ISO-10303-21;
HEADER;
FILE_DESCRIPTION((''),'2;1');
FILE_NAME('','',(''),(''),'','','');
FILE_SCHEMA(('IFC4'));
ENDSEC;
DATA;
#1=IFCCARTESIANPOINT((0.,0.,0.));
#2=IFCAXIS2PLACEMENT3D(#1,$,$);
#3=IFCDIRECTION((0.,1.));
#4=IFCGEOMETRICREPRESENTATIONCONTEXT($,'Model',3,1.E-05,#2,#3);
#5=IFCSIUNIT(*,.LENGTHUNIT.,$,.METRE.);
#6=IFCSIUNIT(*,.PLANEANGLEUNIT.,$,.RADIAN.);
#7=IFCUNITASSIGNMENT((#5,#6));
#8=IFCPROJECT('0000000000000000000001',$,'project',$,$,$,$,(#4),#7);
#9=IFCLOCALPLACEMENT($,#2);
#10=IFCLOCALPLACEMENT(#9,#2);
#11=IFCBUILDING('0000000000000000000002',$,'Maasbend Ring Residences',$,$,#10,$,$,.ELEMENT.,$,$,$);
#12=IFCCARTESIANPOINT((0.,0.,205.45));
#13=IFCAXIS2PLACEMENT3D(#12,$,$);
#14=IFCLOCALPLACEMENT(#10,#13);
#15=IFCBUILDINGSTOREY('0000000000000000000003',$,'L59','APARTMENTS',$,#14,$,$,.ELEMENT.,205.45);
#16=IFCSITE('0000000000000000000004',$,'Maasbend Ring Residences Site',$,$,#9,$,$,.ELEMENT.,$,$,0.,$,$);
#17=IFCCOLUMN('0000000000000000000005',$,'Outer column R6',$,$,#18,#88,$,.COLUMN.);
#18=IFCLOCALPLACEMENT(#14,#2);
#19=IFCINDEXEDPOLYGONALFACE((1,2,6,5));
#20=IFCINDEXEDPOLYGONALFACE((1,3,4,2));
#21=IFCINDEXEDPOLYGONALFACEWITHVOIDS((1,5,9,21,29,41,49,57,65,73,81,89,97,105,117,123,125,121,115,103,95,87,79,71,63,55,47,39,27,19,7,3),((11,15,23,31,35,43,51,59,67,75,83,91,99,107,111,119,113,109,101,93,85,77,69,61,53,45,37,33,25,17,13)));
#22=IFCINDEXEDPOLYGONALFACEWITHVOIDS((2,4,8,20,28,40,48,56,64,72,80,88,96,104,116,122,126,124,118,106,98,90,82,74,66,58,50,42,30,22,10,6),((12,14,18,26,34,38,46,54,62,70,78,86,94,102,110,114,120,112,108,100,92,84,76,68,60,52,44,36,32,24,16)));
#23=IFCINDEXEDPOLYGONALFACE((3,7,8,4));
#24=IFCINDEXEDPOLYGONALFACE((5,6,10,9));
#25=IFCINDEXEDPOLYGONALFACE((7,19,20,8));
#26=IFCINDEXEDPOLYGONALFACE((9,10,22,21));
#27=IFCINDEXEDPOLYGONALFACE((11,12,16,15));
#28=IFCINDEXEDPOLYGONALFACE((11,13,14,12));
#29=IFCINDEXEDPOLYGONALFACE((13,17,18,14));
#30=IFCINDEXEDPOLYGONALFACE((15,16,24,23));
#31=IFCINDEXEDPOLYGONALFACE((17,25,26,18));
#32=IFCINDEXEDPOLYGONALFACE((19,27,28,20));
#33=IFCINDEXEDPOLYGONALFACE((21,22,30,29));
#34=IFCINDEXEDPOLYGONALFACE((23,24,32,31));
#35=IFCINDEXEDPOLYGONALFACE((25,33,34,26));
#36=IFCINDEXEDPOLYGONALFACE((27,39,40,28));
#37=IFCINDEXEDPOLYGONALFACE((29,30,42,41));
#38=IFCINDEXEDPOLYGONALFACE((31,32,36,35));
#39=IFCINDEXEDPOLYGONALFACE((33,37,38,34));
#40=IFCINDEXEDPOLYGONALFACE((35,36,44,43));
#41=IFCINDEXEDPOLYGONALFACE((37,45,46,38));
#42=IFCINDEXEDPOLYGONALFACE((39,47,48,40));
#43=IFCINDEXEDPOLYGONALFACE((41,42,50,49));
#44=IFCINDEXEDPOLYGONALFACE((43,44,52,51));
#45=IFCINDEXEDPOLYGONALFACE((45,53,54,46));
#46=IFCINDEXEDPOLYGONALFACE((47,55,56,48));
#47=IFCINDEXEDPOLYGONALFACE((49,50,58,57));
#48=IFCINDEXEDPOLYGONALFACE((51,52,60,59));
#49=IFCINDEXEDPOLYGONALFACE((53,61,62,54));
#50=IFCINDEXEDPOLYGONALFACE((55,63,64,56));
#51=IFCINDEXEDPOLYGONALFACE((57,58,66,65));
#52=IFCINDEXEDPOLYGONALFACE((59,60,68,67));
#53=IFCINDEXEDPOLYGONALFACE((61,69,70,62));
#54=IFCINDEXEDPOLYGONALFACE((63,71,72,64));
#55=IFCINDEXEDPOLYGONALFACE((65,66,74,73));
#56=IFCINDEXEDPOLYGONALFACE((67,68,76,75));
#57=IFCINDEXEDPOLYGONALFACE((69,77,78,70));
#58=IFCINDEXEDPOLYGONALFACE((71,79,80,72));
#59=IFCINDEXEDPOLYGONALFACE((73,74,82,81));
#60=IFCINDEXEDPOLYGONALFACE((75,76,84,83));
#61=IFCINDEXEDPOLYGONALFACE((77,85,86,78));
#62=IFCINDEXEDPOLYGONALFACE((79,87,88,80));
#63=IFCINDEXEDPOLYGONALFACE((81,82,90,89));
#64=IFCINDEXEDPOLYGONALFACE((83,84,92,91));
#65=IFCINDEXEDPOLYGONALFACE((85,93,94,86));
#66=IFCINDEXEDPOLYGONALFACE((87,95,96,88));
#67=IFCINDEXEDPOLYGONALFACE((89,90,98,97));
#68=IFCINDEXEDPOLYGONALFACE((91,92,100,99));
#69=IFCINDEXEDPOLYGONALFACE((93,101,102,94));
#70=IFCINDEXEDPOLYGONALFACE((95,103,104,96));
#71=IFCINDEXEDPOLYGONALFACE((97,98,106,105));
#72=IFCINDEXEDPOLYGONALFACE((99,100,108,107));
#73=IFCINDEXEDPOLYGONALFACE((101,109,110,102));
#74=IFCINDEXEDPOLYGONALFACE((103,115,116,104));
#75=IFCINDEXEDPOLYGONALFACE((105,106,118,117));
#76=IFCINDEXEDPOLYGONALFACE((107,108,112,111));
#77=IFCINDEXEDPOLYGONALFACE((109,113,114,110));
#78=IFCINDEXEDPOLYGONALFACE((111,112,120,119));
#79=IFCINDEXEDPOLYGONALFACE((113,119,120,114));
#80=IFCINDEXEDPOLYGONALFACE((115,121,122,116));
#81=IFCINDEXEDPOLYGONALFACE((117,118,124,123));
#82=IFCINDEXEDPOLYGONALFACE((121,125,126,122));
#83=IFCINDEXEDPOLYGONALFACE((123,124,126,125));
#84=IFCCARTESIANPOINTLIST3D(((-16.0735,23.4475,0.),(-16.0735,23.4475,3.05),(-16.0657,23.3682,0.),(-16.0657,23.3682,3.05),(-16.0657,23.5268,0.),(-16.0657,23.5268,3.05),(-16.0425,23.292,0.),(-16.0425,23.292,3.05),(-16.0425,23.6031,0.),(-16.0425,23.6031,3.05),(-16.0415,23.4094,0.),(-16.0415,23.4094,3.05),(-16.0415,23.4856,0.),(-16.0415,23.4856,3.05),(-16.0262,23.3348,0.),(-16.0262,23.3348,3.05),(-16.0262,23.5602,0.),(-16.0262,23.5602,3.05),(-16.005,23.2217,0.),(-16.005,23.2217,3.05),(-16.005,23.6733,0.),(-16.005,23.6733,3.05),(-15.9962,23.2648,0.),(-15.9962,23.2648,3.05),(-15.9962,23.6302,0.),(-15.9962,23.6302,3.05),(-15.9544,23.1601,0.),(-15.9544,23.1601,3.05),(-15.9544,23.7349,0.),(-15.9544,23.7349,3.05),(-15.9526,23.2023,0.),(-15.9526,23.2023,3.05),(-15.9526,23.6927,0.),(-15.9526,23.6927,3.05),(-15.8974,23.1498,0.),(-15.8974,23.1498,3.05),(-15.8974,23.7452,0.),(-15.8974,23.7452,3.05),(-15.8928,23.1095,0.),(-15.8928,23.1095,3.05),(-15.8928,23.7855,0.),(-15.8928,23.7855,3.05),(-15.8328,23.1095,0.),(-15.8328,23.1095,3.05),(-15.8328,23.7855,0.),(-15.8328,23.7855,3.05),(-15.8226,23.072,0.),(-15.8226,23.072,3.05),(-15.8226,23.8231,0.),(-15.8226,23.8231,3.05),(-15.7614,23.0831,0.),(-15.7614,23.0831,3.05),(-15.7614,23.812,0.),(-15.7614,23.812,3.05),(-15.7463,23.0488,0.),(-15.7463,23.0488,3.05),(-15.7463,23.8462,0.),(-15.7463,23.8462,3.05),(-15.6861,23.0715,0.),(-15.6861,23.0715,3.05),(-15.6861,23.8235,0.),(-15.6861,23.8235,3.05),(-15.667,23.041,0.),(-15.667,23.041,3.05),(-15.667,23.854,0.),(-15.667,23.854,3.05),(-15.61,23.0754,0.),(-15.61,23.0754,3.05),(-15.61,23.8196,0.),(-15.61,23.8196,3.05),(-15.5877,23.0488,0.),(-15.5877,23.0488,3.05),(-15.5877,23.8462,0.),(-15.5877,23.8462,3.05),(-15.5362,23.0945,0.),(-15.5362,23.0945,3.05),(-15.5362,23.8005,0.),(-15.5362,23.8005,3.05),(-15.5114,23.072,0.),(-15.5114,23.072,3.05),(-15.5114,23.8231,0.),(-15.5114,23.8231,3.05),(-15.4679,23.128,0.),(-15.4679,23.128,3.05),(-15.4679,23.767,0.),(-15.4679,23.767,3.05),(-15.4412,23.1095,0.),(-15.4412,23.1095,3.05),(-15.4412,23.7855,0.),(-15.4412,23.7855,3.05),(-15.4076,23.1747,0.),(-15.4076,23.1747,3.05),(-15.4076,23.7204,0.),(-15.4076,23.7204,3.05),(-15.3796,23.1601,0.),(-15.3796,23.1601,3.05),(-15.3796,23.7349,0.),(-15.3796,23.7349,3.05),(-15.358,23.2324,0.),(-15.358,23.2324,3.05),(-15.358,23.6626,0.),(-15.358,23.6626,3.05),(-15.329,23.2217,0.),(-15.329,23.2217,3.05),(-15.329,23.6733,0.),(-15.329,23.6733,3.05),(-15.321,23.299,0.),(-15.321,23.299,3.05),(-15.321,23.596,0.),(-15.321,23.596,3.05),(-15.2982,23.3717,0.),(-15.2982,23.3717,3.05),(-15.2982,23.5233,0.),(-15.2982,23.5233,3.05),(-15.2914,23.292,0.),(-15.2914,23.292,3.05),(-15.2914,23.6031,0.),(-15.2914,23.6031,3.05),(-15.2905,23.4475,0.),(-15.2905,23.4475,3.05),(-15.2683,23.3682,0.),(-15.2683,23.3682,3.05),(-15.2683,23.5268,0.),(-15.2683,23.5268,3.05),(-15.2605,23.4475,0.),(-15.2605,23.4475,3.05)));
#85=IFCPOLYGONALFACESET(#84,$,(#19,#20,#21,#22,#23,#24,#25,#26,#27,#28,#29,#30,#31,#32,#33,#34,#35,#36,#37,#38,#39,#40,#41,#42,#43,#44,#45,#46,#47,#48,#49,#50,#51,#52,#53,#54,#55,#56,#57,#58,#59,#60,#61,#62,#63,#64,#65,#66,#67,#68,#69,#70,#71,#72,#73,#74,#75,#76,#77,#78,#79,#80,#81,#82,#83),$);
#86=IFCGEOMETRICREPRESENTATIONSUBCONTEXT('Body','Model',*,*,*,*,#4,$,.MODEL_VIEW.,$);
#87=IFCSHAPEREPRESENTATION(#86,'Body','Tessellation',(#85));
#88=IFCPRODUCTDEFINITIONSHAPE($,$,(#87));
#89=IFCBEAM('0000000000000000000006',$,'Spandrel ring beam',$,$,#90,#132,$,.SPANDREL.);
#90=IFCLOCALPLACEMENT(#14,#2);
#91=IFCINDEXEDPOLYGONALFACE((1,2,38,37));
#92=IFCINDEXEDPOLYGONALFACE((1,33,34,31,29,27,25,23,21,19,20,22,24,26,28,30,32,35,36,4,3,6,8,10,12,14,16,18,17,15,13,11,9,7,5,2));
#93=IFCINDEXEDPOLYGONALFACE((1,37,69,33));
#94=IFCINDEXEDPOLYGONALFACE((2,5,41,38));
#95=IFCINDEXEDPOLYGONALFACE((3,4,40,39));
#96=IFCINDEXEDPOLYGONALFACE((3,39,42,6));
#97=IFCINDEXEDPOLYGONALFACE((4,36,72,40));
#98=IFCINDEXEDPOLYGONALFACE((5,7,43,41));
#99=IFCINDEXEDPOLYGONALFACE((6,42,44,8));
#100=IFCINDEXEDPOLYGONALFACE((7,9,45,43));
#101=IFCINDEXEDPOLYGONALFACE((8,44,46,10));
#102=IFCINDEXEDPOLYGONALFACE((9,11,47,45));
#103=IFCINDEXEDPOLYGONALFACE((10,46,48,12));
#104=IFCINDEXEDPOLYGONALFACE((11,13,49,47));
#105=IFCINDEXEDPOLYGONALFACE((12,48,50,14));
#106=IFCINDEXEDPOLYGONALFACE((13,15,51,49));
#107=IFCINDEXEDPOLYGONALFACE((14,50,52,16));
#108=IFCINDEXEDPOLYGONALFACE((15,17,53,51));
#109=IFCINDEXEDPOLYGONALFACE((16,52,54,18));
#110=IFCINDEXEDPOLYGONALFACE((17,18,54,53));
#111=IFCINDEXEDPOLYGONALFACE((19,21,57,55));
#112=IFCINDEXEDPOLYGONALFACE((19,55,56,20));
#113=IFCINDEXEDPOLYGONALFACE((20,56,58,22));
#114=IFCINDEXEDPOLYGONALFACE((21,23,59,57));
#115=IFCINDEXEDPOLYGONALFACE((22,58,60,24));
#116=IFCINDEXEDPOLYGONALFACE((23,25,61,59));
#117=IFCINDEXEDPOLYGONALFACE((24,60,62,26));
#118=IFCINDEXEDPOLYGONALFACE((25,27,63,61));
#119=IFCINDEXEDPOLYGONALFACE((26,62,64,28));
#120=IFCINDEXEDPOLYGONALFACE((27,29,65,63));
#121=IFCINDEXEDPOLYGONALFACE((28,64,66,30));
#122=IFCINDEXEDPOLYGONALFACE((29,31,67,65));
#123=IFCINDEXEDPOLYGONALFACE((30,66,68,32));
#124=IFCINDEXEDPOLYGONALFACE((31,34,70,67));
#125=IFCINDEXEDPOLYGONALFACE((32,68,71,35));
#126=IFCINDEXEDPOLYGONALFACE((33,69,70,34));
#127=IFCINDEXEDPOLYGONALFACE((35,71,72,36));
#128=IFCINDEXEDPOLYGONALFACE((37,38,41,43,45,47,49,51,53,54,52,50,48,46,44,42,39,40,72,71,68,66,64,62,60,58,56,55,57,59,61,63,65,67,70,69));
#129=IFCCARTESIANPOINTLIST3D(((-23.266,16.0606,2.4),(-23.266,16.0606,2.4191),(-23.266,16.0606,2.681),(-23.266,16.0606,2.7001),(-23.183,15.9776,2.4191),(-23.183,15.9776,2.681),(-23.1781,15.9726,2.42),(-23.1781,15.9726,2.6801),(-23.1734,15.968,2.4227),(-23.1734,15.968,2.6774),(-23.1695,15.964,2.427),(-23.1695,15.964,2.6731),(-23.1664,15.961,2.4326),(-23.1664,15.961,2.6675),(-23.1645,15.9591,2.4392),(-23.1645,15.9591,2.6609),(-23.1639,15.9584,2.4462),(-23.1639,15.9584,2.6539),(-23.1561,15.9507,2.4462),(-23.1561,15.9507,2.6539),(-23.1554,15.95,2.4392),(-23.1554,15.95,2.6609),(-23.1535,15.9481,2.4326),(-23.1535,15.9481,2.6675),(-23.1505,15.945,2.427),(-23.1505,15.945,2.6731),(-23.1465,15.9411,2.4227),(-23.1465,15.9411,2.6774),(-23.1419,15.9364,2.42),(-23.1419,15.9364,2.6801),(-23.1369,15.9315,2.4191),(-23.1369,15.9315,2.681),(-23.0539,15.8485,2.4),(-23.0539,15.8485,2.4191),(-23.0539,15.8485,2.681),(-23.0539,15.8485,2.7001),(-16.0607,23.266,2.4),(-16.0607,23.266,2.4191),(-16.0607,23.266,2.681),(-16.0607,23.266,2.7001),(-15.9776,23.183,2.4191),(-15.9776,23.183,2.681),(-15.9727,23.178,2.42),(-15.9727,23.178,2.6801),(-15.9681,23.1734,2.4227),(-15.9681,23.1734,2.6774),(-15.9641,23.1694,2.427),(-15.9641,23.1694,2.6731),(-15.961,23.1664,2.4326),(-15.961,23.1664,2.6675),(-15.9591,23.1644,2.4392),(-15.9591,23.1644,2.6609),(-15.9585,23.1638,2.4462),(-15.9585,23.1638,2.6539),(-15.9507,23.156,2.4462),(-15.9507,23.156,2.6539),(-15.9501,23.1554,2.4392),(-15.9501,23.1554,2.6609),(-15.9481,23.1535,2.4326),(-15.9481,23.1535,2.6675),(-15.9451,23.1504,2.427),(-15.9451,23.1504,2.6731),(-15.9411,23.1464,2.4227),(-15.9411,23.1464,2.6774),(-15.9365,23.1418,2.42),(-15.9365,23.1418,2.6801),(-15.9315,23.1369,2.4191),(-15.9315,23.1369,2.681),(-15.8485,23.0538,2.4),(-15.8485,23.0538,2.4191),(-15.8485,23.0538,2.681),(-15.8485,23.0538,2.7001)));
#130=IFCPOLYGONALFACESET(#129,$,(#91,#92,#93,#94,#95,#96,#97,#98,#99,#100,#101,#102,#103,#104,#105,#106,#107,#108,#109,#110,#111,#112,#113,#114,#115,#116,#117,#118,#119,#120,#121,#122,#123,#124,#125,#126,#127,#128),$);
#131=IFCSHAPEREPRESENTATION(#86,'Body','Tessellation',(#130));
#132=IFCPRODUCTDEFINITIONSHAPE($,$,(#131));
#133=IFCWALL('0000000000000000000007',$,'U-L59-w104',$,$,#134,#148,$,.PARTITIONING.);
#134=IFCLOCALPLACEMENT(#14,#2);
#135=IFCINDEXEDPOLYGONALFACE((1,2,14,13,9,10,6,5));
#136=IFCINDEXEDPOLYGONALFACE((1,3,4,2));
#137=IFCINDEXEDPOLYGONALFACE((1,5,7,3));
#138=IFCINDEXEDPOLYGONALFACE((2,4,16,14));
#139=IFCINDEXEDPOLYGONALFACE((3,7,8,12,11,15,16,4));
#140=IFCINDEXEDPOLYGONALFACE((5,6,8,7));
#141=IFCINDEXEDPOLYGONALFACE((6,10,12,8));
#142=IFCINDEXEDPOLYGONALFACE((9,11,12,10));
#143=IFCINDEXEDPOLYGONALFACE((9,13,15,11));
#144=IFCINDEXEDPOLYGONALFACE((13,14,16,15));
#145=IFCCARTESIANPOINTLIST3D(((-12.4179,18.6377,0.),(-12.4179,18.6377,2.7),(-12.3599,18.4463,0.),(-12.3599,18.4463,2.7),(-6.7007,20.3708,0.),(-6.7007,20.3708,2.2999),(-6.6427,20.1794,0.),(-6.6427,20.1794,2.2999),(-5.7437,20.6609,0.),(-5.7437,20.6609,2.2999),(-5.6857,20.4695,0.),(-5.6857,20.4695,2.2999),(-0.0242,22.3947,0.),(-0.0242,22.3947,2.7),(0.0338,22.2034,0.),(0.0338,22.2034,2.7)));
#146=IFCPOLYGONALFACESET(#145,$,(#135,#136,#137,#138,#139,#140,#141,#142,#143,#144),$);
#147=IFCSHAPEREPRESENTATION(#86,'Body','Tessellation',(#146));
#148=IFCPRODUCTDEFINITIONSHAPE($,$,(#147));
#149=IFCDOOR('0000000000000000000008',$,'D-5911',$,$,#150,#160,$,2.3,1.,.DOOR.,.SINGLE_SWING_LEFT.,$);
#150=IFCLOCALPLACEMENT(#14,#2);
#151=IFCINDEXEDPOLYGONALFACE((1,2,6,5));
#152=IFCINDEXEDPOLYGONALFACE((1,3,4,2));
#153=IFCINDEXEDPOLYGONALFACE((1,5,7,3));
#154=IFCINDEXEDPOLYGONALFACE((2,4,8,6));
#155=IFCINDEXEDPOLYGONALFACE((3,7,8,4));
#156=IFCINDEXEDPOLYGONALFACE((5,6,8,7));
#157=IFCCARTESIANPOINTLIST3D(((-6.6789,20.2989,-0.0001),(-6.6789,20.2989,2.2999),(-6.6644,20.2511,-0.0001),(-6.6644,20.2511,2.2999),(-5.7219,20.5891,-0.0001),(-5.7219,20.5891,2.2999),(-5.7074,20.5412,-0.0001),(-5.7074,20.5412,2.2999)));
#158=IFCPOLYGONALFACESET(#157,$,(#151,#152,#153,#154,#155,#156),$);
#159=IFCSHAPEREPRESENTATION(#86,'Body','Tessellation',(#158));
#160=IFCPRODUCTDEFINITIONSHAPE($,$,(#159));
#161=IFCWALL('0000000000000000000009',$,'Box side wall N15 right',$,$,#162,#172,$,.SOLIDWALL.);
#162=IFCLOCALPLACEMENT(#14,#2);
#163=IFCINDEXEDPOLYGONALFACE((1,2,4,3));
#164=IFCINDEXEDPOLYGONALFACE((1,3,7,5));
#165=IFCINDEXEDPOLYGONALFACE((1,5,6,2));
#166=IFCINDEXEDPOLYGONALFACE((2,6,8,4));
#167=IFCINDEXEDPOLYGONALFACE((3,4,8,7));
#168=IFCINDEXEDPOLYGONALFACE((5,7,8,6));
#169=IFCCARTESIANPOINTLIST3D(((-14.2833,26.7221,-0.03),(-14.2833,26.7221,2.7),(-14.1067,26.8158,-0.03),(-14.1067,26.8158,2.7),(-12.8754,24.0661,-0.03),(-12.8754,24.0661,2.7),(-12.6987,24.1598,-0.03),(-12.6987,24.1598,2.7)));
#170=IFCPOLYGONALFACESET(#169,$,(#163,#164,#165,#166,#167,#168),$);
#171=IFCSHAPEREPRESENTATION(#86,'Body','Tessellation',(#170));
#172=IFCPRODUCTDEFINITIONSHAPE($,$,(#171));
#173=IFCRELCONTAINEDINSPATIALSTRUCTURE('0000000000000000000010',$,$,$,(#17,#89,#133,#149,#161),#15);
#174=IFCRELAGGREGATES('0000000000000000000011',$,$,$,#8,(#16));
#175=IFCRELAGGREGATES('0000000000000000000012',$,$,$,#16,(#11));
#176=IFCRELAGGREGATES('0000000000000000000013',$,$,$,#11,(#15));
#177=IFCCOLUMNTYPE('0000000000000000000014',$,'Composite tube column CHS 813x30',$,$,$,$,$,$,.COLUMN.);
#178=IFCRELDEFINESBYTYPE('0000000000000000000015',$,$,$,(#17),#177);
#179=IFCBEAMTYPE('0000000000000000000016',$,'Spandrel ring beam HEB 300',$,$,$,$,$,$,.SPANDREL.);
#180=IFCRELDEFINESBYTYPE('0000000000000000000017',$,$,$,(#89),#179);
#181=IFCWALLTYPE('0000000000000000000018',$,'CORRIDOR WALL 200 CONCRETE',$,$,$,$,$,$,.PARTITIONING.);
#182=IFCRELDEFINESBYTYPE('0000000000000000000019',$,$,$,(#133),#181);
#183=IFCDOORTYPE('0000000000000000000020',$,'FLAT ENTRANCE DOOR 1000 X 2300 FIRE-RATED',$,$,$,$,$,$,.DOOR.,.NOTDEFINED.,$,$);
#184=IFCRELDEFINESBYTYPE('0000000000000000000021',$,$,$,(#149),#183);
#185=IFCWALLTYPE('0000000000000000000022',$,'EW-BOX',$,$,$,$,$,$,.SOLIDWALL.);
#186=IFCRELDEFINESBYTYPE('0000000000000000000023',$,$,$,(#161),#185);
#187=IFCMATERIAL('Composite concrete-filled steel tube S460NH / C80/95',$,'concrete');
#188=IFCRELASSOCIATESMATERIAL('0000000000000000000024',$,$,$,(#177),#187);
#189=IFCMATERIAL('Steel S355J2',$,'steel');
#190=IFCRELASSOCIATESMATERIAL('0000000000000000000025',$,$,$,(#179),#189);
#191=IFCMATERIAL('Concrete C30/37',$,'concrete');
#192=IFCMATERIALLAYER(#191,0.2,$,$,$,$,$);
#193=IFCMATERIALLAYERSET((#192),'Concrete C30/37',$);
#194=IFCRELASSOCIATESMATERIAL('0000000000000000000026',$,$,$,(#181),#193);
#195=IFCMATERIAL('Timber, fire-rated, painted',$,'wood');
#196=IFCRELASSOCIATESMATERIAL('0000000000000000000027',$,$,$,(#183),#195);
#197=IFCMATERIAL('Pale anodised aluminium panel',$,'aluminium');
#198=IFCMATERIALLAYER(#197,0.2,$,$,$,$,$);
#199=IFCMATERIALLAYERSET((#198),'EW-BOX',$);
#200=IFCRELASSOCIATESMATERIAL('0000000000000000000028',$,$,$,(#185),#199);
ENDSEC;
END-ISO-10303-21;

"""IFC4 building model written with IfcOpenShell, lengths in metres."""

from ifc_helpers import new_model, si_unit, direction, frame, frame_2d, origin, origin_2d, place, context, subcontext, project, spatial, rectangle, hollow_circle, i_section, extrude, material, layer, layer_set, material_profile, profile_set, type_object, element, fill, save


model = new_model("IFC4")

# Units and contexts
model_context = context("Model", 3, precision=1e-05, world=origin(), true_north=direction((0.0, 1.0)))
body_context = subcontext(model_context, "Body", "Model", "MODEL_VIEW")
ifc_project = project(units=[si_unit("LENGTHUNIT", "METRE"), si_unit("PLANEANGLEUNIT", "RADIAN")], contexts=[model_context])

# Site, building, storey
site_placement = place(None, origin())
site = spatial("IfcSite", under=ifc_project, at=site_placement, Name="Maasbend Ring Residences Site", CompositionType="ELEMENT", RefElevation=0.0)
building_placement = place(site_placement, origin())
building = spatial("IfcBuilding", under=site, at=building_placement, Name="Maasbend Ring Residences", CompositionType="ELEMENT")
storey_placement = place(building_placement, frame((0.0, 0.0, 205.45)))
storey = spatial("IfcBuildingStorey", under=building, at=storey_placement, Name="L59", Description="APARTMENTS", CompositionType="ELEMENT", Elevation=205.45)

# Column
ifc_material_1 = material(Name="Composite concrete-filled steel tube S460NH / C80/95", Category="concrete")
ifc_material_profile_1 = material_profile(ifc_material_1, hollow_circle(Radius=0.4065, WallThickness=0.03, at=origin_2d()), Name="Composite tube column CHS 813x30")
ifc_profile_set_1 = profile_set([ifc_material_profile_1], Name="Composite concrete-filled steel tube S460NH / C80/95")
column_type = type_object("IfcColumnType", Name="Composite tube column CHS 813x30", PredefinedType="COLUMN", material=ifc_profile_set_1)
column_placement = place(storey_placement, frame((-15.667, 23.4475, 0.0), z_axis=(0.0, 0.0, 1.0), x_axis=(1.0, 0.0, 0.0)))
element("IfcColumn", 1, at=column_placement, inside=storey, type_object=column_type, Name="Outer column R6", PredefinedType="COLUMN", context=body_context, shape_type="SweptSolid", body=[
    extrude(hollow_circle(Radius=0.4065, WallThickness=0.03, at=origin_2d()), origin(), (0.0, 0.0, 1.0), 3.05),
])

# Beam
ifc_material_2 = material(Name="Steel S355J2", Category="steel")
ifc_material_profile_2 = material_profile(ifc_material_2, i_section(OverallWidth=0.3, OverallDepth=0.3, WebThickness=0.011, FlangeThickness=0.019, FilletRadius=0.0271, at=origin_2d()), Name="HEB 300")
ifc_profile_set_2 = profile_set([ifc_material_profile_2], Name="Steel S355J2")
beam_type = type_object("IfcBeamType", Name="Spandrel ring beam HEB 300", PredefinedType="SPANDREL", material=ifc_profile_set_2)
beam_placement = place(storey_placement, frame((-15.9546, 23.1599, 2.55), z_axis=(-0.707107, -0.707107, 0.0), x_axis=(0.707107, -0.707107, 0.0)))
element("IfcBeam", 2, at=beam_placement, inside=storey, type_object=beam_type, Name="Spandrel ring beam", PredefinedType="SPANDREL", context=body_context, shape_type="SweptSolid", body=[
    extrude(i_section(OverallWidth=0.3, OverallDepth=0.3, WebThickness=0.011, FlangeThickness=0.019, FilletRadius=0.0271, at=origin_2d()), origin(), (0.0, 0.0, 1.0), 10.1899),
])

# Wall, opening, door
ifc_material_3 = material(Name="Concrete C30/37", Category="concrete")
ifc_layer_1 = layer(ifc_material_3, 0.2)
ifc_layer_set_1 = layer_set([ifc_layer_1], Name="Concrete C30/37")
wall_type_1 = type_object("IfcWallType", Name="CORRIDOR WALL 200 CONCRETE", PredefinedType="PARTITIONING", material=ifc_layer_set_1)
wall_1_placement = place(storey_placement, frame((-12.3889, 18.542, 0.0), z_axis=(0.0, 0.0, 1.0), x_axis=(0.956995, 0.290105, 0.0)))
wall_1 = element("IfcWall", 3, at=wall_1_placement, inside=storey, type_object=wall_type_1, Name="U-L59-w104", PredefinedType="PARTITIONING", context=body_context, shape_type="SweptSolid", body=[
    extrude(rectangle(XDim=12.9507, YDim=0.2, at=frame_2d((6.4753, 0.0))), origin(), (0.0, 0.0, 1.0), 2.7),
])
opening_1_placement = place(wall_1_placement, frame((5.9741, 0.0, 0.0)))
opening_1 = element("IfcOpeningElement", 4, at=opening_1_placement, cuts=wall_1, PredefinedType="OPENING", context=body_context, shape_type="SweptSolid", body=[
    extrude(rectangle(XDim=1.0, YDim=2.3, at=frame_2d((0.5, 1.1499))), frame((0.0, 0.1099, 0.0), z_axis=(0.0, -1.0, 0.0), x_axis=(1.0, 0.0, 0.0)), (0.0, 0.0, 1.0), 0.22),
])
ifc_material_4 = material(Name="Timber, fire-rated, painted", Category="wood")
door_type_1 = type_object("IfcDoorType", Name="FLAT ENTRANCE DOOR 1000 X 2300 FIRE-RATED", OperationType="NOTDEFINED", PredefinedType="DOOR", material=ifc_material_4)
door_1_placement = place(opening_1_placement, origin())
door_1 = element("IfcDoor", 5, at=door_1_placement, inside=storey, type_object=door_type_1, Name="D-5911", OperationType="SINGLE_SWING_LEFT", OverallHeight=2.3, OverallWidth=1.0, PredefinedType="DOOR", context=body_context, shape_type="SweptSolid", body=[
    extrude(rectangle(XDim=1.0, YDim=2.3, at=frame_2d((0.5, 1.1499))), frame((0.0, 0.0249, 0.0), z_axis=(0.0, -1.0, 0.0), x_axis=(1.0, 0.0, 0.0)), (0.0, 0.0, 1.0), 0.05),
])
fill(opening_1, door_1)

# Wall
ifc_material_5 = material(Name="Pale anodised aluminium panel", Category="aluminium")
ifc_layer_2 = layer(ifc_material_5, 0.2)
ifc_layer_set_2 = layer_set([ifc_layer_2], Name="EW-BOX")
wall_type_2 = type_object("IfcWallType", Name="EW-BOX", PredefinedType="SOLIDWALL", material=ifc_layer_set_2)
wall_2_placement = place(storey_placement, frame((-12.7871, 24.113, -0.03), z_axis=(0.0, 0.0, 1.0), x_axis=(-0.468365, 0.883535, 0.0)))
element("IfcWall", 6, at=wall_2_placement, inside=storey, type_object=wall_type_2, Name="Box side wall N15 right", PredefinedType="SOLIDWALL", context=body_context, shape_type="SweptSolid", body=[
    extrude(rectangle(XDim=3.0061, YDim=0.2, at=frame_2d((1.5029, 0.0))), origin(), (0.0, 0.0, 1.0), 2.73),
])

save(model, "model.ifc")
